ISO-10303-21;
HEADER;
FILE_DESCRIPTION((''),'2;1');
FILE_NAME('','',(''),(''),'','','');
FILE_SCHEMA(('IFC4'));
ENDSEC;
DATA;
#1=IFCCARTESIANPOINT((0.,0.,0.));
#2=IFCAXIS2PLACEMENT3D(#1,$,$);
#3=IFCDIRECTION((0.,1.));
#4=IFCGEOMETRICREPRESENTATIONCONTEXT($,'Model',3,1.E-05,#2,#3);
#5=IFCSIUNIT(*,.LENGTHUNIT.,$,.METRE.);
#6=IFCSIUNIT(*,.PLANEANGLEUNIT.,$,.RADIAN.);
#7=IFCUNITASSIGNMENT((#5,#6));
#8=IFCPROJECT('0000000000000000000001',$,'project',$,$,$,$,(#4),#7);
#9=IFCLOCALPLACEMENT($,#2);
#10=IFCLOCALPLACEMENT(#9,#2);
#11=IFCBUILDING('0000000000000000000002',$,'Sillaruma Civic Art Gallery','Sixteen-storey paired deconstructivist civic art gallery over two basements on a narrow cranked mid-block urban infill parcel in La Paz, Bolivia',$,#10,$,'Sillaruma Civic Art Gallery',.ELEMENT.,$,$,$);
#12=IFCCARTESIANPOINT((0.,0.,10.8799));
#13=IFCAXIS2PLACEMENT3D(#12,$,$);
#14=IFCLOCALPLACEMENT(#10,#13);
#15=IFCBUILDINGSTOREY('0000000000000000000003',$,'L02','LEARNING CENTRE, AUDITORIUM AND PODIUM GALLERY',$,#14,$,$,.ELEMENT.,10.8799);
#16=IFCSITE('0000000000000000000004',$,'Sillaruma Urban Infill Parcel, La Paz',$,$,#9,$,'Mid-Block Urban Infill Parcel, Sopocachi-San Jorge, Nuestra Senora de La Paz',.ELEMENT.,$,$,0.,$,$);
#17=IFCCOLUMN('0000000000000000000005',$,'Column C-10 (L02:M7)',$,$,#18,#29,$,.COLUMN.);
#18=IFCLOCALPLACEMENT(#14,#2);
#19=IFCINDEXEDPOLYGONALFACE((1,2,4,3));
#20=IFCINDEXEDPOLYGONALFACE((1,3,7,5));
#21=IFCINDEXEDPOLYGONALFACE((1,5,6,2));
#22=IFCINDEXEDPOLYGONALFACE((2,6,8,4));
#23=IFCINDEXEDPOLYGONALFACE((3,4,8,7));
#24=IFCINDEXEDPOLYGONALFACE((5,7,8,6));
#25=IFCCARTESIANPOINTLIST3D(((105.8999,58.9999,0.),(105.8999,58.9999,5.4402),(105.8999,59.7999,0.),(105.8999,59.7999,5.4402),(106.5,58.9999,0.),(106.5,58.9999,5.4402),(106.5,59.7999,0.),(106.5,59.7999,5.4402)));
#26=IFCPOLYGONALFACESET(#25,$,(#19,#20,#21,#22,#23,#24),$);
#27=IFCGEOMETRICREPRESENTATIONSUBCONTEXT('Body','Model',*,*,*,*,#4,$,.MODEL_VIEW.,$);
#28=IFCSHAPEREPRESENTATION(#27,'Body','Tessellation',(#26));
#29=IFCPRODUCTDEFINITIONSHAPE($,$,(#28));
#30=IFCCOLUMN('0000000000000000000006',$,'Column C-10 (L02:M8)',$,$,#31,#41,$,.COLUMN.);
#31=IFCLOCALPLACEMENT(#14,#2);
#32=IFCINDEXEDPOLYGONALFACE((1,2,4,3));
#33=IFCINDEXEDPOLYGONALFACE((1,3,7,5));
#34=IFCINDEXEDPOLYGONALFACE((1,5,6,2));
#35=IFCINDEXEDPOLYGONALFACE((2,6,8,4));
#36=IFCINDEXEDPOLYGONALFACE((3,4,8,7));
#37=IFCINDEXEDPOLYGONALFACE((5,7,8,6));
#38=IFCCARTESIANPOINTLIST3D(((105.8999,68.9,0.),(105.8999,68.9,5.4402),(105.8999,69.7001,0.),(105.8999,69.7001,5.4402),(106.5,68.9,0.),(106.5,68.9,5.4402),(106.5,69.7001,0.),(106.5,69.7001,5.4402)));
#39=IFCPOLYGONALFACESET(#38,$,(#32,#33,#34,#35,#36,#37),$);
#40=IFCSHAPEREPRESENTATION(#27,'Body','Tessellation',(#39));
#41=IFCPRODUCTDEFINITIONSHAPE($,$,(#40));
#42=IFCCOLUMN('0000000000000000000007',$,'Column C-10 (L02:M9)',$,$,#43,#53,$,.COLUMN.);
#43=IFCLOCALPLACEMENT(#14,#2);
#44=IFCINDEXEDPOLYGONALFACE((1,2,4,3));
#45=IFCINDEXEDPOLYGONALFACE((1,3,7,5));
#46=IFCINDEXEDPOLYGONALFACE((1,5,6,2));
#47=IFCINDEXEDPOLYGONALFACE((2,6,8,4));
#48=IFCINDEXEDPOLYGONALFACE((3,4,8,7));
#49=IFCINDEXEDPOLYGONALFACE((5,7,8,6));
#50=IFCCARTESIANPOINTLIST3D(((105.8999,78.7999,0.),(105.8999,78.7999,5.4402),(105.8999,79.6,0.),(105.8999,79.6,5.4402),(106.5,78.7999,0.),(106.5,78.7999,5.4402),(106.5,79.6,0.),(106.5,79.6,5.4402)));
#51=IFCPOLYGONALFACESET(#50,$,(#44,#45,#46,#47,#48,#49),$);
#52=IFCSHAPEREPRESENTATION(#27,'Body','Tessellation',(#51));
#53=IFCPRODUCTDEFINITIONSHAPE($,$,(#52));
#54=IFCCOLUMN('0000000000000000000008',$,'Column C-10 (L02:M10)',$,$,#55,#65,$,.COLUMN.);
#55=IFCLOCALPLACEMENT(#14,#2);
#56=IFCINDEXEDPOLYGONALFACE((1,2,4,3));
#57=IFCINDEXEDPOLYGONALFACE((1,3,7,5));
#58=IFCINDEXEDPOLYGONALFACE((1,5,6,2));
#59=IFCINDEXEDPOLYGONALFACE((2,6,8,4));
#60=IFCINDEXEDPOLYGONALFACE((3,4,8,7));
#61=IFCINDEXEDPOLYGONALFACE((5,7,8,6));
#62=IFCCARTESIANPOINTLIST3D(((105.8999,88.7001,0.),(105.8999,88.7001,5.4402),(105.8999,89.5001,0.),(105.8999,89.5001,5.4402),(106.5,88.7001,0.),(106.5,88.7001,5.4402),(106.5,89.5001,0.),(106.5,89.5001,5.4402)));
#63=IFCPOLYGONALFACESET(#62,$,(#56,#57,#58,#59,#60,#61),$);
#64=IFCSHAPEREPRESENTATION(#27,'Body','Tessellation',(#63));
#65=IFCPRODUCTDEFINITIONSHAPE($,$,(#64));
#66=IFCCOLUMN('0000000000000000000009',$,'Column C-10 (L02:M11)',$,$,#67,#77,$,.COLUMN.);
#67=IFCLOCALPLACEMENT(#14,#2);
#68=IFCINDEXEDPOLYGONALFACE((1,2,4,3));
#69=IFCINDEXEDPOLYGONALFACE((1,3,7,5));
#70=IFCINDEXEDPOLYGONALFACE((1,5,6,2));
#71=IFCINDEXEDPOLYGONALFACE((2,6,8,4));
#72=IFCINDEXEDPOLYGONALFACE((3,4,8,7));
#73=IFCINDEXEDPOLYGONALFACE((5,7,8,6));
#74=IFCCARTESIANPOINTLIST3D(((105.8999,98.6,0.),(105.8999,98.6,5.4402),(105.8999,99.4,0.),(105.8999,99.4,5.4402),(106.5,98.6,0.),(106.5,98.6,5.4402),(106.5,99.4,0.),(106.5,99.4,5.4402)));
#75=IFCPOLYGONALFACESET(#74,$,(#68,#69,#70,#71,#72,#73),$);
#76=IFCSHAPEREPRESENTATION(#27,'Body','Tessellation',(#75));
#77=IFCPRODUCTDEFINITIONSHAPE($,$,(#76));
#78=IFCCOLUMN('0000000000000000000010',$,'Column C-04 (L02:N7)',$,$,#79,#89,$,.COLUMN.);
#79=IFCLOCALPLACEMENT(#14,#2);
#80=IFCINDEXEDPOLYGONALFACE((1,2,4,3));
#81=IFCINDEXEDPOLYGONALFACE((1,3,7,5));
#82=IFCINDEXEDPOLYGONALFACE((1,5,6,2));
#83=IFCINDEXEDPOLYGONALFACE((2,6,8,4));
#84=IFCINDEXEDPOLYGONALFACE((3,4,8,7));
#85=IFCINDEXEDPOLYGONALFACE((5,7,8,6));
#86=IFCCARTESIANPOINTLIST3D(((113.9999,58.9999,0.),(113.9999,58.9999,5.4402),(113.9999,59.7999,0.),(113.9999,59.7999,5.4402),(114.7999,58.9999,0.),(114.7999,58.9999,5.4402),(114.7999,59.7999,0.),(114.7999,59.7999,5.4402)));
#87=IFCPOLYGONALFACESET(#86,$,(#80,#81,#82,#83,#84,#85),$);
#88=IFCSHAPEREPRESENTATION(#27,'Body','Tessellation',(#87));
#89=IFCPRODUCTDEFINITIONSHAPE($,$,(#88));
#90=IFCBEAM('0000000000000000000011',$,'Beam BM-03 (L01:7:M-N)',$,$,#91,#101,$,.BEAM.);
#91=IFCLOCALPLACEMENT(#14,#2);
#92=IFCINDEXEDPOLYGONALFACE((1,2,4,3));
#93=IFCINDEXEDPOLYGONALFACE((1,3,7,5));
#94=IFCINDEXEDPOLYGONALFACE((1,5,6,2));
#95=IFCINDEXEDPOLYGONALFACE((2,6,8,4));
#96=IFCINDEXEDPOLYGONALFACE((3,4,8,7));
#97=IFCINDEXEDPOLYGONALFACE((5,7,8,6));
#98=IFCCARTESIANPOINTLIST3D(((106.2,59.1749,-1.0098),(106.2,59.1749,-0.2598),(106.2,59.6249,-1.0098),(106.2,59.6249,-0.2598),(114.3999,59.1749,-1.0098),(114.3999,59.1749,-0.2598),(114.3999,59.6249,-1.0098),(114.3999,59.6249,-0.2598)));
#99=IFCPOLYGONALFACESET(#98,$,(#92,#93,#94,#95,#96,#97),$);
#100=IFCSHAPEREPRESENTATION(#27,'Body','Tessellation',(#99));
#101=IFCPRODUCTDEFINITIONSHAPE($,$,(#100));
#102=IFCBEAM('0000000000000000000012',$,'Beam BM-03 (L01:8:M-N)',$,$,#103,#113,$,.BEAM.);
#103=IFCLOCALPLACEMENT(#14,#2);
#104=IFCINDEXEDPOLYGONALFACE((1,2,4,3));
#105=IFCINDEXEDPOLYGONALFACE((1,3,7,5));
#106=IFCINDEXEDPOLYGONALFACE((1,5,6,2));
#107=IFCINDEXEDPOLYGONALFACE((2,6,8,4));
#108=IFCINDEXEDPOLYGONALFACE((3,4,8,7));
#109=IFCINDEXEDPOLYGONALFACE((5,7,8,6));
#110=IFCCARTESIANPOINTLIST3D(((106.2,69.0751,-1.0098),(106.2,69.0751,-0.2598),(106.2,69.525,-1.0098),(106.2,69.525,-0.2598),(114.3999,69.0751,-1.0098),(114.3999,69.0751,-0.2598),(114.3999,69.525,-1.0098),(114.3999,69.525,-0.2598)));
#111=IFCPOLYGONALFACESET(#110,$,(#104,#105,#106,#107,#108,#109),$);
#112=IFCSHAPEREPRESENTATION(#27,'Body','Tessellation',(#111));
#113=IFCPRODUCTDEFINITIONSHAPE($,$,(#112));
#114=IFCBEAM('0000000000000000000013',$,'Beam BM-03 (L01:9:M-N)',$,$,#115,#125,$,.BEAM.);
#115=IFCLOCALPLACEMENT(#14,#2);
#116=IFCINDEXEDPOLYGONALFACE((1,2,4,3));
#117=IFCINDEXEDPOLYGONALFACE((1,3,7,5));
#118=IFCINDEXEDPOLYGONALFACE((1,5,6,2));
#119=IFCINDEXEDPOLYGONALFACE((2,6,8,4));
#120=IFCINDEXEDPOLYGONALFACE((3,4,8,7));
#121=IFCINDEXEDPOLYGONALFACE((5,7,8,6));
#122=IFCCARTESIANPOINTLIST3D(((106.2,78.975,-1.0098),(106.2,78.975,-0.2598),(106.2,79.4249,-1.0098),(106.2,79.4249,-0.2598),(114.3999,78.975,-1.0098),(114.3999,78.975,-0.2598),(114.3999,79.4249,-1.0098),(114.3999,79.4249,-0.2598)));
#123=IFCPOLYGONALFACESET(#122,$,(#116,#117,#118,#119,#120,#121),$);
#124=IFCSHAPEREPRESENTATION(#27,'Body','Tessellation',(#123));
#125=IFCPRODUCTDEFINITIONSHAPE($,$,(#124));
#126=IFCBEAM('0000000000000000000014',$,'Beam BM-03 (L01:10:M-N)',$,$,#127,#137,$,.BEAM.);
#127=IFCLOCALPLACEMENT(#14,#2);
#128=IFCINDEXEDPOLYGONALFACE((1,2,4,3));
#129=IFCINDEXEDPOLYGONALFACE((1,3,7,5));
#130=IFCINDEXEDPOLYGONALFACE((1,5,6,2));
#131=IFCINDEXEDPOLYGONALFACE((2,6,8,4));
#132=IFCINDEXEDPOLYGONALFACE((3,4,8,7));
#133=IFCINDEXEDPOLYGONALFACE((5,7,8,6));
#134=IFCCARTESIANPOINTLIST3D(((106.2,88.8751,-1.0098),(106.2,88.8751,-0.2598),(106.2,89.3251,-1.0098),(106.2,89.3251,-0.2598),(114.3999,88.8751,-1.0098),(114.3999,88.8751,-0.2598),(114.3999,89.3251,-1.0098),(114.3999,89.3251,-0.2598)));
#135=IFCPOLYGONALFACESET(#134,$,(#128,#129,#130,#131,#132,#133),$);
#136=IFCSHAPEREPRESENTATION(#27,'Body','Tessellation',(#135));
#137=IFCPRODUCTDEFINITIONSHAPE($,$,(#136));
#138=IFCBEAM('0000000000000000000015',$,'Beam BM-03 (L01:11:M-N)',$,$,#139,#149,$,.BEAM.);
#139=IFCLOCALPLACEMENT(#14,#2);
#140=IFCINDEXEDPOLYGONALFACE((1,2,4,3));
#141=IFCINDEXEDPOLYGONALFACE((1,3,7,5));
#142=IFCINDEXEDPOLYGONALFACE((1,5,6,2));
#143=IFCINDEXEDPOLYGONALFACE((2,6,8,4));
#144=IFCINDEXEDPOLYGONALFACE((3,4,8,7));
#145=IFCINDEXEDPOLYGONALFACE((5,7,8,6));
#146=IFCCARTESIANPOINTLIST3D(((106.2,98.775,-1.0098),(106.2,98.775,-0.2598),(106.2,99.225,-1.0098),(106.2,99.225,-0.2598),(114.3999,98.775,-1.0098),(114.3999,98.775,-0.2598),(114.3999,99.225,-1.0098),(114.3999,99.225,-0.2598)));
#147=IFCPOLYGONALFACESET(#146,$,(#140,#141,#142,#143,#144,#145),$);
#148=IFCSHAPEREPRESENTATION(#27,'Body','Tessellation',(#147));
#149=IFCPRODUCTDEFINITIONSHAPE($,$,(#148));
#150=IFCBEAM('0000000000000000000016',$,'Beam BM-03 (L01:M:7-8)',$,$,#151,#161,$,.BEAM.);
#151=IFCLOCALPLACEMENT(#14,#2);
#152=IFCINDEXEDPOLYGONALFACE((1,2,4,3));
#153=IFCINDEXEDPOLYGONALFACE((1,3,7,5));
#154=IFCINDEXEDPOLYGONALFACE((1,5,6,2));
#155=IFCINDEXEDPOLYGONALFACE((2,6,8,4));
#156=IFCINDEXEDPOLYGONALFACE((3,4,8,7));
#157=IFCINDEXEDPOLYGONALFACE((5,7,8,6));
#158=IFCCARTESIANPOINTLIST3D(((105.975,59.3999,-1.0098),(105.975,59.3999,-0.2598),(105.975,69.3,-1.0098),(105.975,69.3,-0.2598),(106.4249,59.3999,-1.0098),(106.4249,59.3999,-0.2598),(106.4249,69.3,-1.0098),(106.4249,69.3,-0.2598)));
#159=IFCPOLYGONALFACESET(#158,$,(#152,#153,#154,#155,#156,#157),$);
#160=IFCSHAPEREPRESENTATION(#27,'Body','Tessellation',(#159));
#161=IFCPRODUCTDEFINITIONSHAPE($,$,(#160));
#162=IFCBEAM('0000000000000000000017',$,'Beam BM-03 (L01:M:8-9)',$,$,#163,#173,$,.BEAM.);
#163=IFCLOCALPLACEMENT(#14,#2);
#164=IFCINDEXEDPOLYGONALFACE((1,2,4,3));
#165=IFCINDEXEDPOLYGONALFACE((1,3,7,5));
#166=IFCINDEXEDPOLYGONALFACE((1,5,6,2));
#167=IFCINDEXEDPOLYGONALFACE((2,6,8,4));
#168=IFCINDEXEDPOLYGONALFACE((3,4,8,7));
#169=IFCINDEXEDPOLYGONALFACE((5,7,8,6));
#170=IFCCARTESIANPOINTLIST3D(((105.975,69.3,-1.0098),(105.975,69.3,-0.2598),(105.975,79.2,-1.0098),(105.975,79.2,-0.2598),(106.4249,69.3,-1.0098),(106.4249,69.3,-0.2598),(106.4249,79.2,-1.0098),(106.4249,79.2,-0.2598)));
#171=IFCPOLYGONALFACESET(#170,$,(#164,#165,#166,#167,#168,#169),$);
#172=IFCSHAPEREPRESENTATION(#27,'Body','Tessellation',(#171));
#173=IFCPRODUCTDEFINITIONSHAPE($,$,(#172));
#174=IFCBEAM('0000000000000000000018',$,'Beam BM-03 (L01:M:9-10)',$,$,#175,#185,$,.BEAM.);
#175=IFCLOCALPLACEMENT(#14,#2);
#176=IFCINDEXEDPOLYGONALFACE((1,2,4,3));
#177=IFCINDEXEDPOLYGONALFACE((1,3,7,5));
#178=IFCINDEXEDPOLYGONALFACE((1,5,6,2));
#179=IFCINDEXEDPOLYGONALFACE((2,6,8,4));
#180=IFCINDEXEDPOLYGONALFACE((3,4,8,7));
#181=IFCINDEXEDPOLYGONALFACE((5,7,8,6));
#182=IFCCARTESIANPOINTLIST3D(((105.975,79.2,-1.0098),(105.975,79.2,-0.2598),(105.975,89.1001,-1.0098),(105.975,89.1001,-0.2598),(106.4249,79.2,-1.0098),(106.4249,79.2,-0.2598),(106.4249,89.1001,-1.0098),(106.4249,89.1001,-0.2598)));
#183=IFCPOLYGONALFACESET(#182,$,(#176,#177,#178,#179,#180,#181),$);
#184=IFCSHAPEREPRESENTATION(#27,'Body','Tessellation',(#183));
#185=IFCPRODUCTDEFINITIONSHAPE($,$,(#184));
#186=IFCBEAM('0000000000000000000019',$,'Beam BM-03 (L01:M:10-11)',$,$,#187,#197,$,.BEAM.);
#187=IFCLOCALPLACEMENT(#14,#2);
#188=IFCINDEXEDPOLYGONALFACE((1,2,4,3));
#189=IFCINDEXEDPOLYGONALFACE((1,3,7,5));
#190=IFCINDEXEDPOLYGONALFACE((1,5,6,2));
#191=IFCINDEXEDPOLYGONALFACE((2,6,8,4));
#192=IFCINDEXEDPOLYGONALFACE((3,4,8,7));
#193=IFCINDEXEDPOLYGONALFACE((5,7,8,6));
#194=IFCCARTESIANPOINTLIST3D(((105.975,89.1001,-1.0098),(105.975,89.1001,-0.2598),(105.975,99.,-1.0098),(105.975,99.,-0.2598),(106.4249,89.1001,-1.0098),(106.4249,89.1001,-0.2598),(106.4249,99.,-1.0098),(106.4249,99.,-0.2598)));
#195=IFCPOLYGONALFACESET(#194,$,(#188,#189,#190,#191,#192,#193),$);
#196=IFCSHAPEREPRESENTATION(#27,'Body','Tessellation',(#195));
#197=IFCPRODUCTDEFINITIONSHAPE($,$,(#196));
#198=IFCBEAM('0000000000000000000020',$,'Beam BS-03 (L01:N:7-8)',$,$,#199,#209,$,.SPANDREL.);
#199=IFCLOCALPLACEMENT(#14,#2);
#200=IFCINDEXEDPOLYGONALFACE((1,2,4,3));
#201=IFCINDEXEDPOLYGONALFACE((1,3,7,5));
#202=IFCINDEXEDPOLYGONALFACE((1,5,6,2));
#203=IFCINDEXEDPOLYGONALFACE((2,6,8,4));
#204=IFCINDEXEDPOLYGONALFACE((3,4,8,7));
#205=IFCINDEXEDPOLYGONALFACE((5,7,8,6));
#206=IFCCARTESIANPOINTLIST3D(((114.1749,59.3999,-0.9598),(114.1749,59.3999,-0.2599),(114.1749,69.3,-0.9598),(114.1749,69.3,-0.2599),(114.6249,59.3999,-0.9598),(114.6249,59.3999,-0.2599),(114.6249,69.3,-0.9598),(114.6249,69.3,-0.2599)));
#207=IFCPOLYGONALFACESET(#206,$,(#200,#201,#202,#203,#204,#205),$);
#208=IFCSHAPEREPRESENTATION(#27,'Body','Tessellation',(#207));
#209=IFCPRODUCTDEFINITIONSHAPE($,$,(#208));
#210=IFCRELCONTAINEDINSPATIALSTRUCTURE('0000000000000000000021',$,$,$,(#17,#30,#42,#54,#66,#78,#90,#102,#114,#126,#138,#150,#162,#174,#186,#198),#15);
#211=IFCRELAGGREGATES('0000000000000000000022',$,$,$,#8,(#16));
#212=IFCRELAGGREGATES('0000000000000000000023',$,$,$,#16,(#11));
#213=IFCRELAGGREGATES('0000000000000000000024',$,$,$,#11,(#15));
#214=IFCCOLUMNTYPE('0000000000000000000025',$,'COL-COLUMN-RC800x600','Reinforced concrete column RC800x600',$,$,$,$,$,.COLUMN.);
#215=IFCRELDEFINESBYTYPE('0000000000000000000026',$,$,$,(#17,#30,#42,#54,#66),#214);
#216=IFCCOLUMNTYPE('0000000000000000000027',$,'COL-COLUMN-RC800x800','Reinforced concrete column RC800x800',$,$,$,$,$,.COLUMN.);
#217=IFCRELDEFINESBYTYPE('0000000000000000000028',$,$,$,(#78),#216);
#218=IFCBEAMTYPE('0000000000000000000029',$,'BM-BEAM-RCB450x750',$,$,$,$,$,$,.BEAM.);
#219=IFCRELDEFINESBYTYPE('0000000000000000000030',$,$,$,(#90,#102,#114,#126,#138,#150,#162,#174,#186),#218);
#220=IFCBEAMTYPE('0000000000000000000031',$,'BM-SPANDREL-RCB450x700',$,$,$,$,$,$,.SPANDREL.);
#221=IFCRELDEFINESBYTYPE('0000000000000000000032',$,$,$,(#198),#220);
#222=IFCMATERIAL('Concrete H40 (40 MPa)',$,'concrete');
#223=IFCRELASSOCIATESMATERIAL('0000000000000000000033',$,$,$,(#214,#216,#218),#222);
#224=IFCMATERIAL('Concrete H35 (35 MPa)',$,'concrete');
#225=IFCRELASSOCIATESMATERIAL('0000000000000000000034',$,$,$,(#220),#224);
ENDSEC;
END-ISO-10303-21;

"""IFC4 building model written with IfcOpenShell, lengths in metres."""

from ifc_helpers import new_model, si_unit, direction, frame, origin, origin_2d, place, context, subcontext, project, spatial, rectangle, extrude, material, material_profile, profile_set, type_object, element, save


model = new_model("IFC4")

# Units and contexts
model_context = context("Model", 3, precision=1e-05, world=origin(), true_north=direction((0.0, 1.0)))
body_context = subcontext(model_context, "Body", "Model", "MODEL_VIEW")
ifc_project = project(units=[si_unit("LENGTHUNIT", "METRE"), si_unit("PLANEANGLEUNIT", "RADIAN")], contexts=[model_context])

# Site, building, storey
site_placement = place(None, origin())
site = spatial("IfcSite", under=ifc_project, at=site_placement, Name="Sillaruma Urban Infill Parcel, La Paz", LongName="Mid-Block Urban Infill Parcel, Sopocachi-San Jorge, Nuestra Senora de La Paz", CompositionType="ELEMENT", RefElevation=0.0)
building_placement = place(site_placement, origin())
building = spatial("IfcBuilding", under=site, at=building_placement, Name="Sillaruma Civic Art Gallery", Description="Sixteen-storey paired deconstructivist civic art gallery over two basements on a narrow cranked mid-block urban infill parcel in La Paz, Bolivia", LongName="Sillaruma Civic Art Gallery", CompositionType="ELEMENT")
storey_placement = place(building_placement, frame((0.0, 0.0, 10.8799)))
storey = spatial("IfcBuildingStorey", under=building, at=storey_placement, Name="L02", Description="LEARNING CENTRE, AUDITORIUM AND PODIUM GALLERY", CompositionType="ELEMENT", Elevation=10.8799)

# Columns
ifc_material_1 = material(Name="Concrete H40 (40 MPa)", Category="concrete")
ifc_material_profile_1 = material_profile(ifc_material_1, rectangle(XDim=0.6001, YDim=0.8, at=origin_2d()), Name="RC800x600")
ifc_profile_set_1 = profile_set([ifc_material_profile_1], Name="Concrete H40 (40 MPa)")
column_type_1 = type_object("IfcColumnType", Name="COL-COLUMN-RC800x600", Description="Reinforced concrete column RC800x600", PredefinedType="COLUMN", material=ifc_profile_set_1)
for number, where, z_axis, x_axis, name in (
    (1, (106.2, 59.3999, 0.0), (0.0, 0.0, 1.0), (1.0, 0.0, 0.0), "Column C-10 (L02:M7)"),
    (2, (106.2, 69.3, 0.0), (0.0, 0.0, 1.0), (1.0, 0.0, 0.0), "Column C-10 (L02:M8)"),
    (3, (106.2, 79.2, 0.0), (0.0, 0.0, 1.0), (1.0, 0.0, 0.0), "Column C-10 (L02:M9)"),
    (4, (106.2, 89.1001, 0.0), (0.0, 0.0, 1.0), (1.0, 0.0, 0.0), "Column C-10 (L02:M10)"),
    (5, (106.2, 99.0, 0.0), (0.0, 0.0, 1.0), (1.0, 0.0, 0.0), "Column C-10 (L02:M11)"),
):
    element("IfcColumn", number, at=place(storey_placement, frame(where, z_axis=z_axis, x_axis=x_axis)), inside=storey, type_object=column_type_1, Name=name, PredefinedType="COLUMN", context=body_context, shape_type="SweptSolid", body=[
        extrude(rectangle(XDim=0.6001, YDim=0.8, at=origin_2d()), origin(), (0.0, 0.0, 1.0), 5.4402),
    ])
ifc_material_profile_2 = material_profile(ifc_material_1, rectangle(XDim=0.8, YDim=0.8, at=origin_2d()), Name="RC800x800")
ifc_profile_set_2 = profile_set([ifc_material_profile_2], Name="Concrete H40 (40 MPa)")
column_type_2 = type_object("IfcColumnType", Name="COL-COLUMN-RC800x800", Description="Reinforced concrete column RC800x800", PredefinedType="COLUMN", material=ifc_profile_set_2)
column_placement = place(storey_placement, frame((114.3999, 59.3999, 0.0), z_axis=(0.0, 0.0, 1.0), x_axis=(1.0, 0.0, 0.0)))
element("IfcColumn", 6, at=column_placement, inside=storey, type_object=column_type_2, Name="Column C-04 (L02:N7)", PredefinedType="COLUMN", context=body_context, shape_type="SweptSolid", body=[
    extrude(rectangle(XDim=0.8, YDim=0.8, at=origin_2d()), origin(), (0.0, 0.0, 1.0), 5.4402),
])

# Beams
ifc_material_profile_3 = material_profile(ifc_material_1, rectangle(XDim=0.45, YDim=0.75, at=origin_2d()), Name="RCB450x750")
ifc_profile_set_3 = profile_set([ifc_material_profile_3], Name="Concrete H40 (40 MPa)")
beam_type_1 = type_object("IfcBeamType", Name="BM-BEAM-RCB450x750", PredefinedType="BEAM", material=ifc_profile_set_3)
for number, where, z_axis, x_axis, name in (
    (7, (106.2, 59.3999, -0.6348), (1.0, 0.0, 0.0), (0.0, 1.0, 0.0), "Beam BM-03 (L01:7:M-N)"),
    (8, (106.2, 69.3, -0.6348), (1.0, 0.0, 0.0), (0.0, 1.0, 0.0), "Beam BM-03 (L01:8:M-N)"),
    (9, (106.2, 79.2, -0.6348), (1.0, 0.0, 0.0), (0.0, 1.0, 0.0), "Beam BM-03 (L01:9:M-N)"),
    (10, (106.2, 89.1001, -0.6348), (1.0, 0.0, 0.0), (0.0, 1.0, 0.0), "Beam BM-03 (L01:10:M-N)"),
    (11, (106.2, 99.0, -0.6348), (1.0, 0.0, 0.0), (0.0, 1.0, 0.0), "Beam BM-03 (L01:11:M-N)"),
):
    element("IfcBeam", number, at=place(storey_placement, frame(where, z_axis=z_axis, x_axis=x_axis)), inside=storey, type_object=beam_type_1, Name=name, PredefinedType="BEAM", context=body_context, shape_type="SweptSolid", body=[
        extrude(rectangle(XDim=0.45, YDim=0.75, at=origin_2d()), origin(), (0.0, 0.0, 1.0), 8.2),
    ])
beam_1_placement = place(storey_placement, frame((106.2, 59.3999, -0.6348), z_axis=(0.0, 1.0, 0.0), x_axis=(-1.0, 0.0, 0.0)))
element("IfcBeam", 12, at=beam_1_placement, inside=storey, type_object=beam_type_1, Name="Beam BM-03 (L01:M:7-8)", PredefinedType="BEAM", context=body_context, shape_type="SweptSolid", body=[
    extrude(rectangle(XDim=0.45, YDim=0.75, at=origin_2d()), origin(), (0.0, 0.0, 1.0), 9.9001),
])
beam_2_placement = place(storey_placement, frame((106.2, 69.3, -0.6348), z_axis=(0.0, 1.0, 0.0), x_axis=(-1.0, 0.0, 0.0)))
element("IfcBeam", 13, at=beam_2_placement, inside=storey, type_object=beam_type_1, Name="Beam BM-03 (L01:M:8-9)", PredefinedType="BEAM", context=body_context, shape_type="SweptSolid", body=[
    extrude(rectangle(XDim=0.45, YDim=0.75, at=origin_2d()), origin(), (0.0, 0.0, 1.0), 9.8999),
])
beam_3_placement = place(storey_placement, frame((106.2, 79.2, -0.6348), z_axis=(0.0, 1.0, 0.0), x_axis=(-1.0, 0.0, 0.0)))
element("IfcBeam", 14, at=beam_3_placement, inside=storey, type_object=beam_type_1, Name="Beam BM-03 (L01:M:9-10)", PredefinedType="BEAM", context=body_context, shape_type="SweptSolid", body=[
    extrude(rectangle(XDim=0.45, YDim=0.75, at=origin_2d()), origin(), (0.0, 0.0, 1.0), 9.9001),
])
beam_4_placement = place(storey_placement, frame((106.2, 89.1001, -0.6348), z_axis=(0.0, 1.0, 0.0), x_axis=(-1.0, 0.0, 0.0)))
element("IfcBeam", 15, at=beam_4_placement, inside=storey, type_object=beam_type_1, Name="Beam BM-03 (L01:M:10-11)", PredefinedType="BEAM", context=body_context, shape_type="SweptSolid", body=[
    extrude(rectangle(XDim=0.45, YDim=0.75, at=origin_2d()), origin(), (0.0, 0.0, 1.0), 9.8999),
])
ifc_material_2 = material(Name="Concrete H35 (35 MPa)", Category="concrete")
ifc_material_profile_4 = material_profile(ifc_material_2, rectangle(XDim=0.45, YDim=0.7, at=origin_2d()), Name="RCB450x700")
ifc_profile_set_4 = profile_set([ifc_material_profile_4], Name="Concrete H35 (35 MPa)")
beam_type_2 = type_object("IfcBeamType", Name="BM-SPANDREL-RCB450x700", PredefinedType="SPANDREL", material=ifc_profile_set_4)
beam_5_placement = place(storey_placement, frame((114.3999, 59.3999, -0.6099), z_axis=(0.0, 1.0, 0.0), x_axis=(-1.0, 0.0, 0.0)))
element("IfcBeam", 16, at=beam_5_placement, inside=storey, type_object=beam_type_2, Name="Beam BS-03 (L01:N:7-8)", PredefinedType="SPANDREL", context=body_context, shape_type="SweptSolid", body=[
    extrude(rectangle(XDim=0.45, YDim=0.7, at=origin_2d()), origin(), (0.0, 0.0, 1.0), 9.9001),
])

save(model, "model.ifc")
